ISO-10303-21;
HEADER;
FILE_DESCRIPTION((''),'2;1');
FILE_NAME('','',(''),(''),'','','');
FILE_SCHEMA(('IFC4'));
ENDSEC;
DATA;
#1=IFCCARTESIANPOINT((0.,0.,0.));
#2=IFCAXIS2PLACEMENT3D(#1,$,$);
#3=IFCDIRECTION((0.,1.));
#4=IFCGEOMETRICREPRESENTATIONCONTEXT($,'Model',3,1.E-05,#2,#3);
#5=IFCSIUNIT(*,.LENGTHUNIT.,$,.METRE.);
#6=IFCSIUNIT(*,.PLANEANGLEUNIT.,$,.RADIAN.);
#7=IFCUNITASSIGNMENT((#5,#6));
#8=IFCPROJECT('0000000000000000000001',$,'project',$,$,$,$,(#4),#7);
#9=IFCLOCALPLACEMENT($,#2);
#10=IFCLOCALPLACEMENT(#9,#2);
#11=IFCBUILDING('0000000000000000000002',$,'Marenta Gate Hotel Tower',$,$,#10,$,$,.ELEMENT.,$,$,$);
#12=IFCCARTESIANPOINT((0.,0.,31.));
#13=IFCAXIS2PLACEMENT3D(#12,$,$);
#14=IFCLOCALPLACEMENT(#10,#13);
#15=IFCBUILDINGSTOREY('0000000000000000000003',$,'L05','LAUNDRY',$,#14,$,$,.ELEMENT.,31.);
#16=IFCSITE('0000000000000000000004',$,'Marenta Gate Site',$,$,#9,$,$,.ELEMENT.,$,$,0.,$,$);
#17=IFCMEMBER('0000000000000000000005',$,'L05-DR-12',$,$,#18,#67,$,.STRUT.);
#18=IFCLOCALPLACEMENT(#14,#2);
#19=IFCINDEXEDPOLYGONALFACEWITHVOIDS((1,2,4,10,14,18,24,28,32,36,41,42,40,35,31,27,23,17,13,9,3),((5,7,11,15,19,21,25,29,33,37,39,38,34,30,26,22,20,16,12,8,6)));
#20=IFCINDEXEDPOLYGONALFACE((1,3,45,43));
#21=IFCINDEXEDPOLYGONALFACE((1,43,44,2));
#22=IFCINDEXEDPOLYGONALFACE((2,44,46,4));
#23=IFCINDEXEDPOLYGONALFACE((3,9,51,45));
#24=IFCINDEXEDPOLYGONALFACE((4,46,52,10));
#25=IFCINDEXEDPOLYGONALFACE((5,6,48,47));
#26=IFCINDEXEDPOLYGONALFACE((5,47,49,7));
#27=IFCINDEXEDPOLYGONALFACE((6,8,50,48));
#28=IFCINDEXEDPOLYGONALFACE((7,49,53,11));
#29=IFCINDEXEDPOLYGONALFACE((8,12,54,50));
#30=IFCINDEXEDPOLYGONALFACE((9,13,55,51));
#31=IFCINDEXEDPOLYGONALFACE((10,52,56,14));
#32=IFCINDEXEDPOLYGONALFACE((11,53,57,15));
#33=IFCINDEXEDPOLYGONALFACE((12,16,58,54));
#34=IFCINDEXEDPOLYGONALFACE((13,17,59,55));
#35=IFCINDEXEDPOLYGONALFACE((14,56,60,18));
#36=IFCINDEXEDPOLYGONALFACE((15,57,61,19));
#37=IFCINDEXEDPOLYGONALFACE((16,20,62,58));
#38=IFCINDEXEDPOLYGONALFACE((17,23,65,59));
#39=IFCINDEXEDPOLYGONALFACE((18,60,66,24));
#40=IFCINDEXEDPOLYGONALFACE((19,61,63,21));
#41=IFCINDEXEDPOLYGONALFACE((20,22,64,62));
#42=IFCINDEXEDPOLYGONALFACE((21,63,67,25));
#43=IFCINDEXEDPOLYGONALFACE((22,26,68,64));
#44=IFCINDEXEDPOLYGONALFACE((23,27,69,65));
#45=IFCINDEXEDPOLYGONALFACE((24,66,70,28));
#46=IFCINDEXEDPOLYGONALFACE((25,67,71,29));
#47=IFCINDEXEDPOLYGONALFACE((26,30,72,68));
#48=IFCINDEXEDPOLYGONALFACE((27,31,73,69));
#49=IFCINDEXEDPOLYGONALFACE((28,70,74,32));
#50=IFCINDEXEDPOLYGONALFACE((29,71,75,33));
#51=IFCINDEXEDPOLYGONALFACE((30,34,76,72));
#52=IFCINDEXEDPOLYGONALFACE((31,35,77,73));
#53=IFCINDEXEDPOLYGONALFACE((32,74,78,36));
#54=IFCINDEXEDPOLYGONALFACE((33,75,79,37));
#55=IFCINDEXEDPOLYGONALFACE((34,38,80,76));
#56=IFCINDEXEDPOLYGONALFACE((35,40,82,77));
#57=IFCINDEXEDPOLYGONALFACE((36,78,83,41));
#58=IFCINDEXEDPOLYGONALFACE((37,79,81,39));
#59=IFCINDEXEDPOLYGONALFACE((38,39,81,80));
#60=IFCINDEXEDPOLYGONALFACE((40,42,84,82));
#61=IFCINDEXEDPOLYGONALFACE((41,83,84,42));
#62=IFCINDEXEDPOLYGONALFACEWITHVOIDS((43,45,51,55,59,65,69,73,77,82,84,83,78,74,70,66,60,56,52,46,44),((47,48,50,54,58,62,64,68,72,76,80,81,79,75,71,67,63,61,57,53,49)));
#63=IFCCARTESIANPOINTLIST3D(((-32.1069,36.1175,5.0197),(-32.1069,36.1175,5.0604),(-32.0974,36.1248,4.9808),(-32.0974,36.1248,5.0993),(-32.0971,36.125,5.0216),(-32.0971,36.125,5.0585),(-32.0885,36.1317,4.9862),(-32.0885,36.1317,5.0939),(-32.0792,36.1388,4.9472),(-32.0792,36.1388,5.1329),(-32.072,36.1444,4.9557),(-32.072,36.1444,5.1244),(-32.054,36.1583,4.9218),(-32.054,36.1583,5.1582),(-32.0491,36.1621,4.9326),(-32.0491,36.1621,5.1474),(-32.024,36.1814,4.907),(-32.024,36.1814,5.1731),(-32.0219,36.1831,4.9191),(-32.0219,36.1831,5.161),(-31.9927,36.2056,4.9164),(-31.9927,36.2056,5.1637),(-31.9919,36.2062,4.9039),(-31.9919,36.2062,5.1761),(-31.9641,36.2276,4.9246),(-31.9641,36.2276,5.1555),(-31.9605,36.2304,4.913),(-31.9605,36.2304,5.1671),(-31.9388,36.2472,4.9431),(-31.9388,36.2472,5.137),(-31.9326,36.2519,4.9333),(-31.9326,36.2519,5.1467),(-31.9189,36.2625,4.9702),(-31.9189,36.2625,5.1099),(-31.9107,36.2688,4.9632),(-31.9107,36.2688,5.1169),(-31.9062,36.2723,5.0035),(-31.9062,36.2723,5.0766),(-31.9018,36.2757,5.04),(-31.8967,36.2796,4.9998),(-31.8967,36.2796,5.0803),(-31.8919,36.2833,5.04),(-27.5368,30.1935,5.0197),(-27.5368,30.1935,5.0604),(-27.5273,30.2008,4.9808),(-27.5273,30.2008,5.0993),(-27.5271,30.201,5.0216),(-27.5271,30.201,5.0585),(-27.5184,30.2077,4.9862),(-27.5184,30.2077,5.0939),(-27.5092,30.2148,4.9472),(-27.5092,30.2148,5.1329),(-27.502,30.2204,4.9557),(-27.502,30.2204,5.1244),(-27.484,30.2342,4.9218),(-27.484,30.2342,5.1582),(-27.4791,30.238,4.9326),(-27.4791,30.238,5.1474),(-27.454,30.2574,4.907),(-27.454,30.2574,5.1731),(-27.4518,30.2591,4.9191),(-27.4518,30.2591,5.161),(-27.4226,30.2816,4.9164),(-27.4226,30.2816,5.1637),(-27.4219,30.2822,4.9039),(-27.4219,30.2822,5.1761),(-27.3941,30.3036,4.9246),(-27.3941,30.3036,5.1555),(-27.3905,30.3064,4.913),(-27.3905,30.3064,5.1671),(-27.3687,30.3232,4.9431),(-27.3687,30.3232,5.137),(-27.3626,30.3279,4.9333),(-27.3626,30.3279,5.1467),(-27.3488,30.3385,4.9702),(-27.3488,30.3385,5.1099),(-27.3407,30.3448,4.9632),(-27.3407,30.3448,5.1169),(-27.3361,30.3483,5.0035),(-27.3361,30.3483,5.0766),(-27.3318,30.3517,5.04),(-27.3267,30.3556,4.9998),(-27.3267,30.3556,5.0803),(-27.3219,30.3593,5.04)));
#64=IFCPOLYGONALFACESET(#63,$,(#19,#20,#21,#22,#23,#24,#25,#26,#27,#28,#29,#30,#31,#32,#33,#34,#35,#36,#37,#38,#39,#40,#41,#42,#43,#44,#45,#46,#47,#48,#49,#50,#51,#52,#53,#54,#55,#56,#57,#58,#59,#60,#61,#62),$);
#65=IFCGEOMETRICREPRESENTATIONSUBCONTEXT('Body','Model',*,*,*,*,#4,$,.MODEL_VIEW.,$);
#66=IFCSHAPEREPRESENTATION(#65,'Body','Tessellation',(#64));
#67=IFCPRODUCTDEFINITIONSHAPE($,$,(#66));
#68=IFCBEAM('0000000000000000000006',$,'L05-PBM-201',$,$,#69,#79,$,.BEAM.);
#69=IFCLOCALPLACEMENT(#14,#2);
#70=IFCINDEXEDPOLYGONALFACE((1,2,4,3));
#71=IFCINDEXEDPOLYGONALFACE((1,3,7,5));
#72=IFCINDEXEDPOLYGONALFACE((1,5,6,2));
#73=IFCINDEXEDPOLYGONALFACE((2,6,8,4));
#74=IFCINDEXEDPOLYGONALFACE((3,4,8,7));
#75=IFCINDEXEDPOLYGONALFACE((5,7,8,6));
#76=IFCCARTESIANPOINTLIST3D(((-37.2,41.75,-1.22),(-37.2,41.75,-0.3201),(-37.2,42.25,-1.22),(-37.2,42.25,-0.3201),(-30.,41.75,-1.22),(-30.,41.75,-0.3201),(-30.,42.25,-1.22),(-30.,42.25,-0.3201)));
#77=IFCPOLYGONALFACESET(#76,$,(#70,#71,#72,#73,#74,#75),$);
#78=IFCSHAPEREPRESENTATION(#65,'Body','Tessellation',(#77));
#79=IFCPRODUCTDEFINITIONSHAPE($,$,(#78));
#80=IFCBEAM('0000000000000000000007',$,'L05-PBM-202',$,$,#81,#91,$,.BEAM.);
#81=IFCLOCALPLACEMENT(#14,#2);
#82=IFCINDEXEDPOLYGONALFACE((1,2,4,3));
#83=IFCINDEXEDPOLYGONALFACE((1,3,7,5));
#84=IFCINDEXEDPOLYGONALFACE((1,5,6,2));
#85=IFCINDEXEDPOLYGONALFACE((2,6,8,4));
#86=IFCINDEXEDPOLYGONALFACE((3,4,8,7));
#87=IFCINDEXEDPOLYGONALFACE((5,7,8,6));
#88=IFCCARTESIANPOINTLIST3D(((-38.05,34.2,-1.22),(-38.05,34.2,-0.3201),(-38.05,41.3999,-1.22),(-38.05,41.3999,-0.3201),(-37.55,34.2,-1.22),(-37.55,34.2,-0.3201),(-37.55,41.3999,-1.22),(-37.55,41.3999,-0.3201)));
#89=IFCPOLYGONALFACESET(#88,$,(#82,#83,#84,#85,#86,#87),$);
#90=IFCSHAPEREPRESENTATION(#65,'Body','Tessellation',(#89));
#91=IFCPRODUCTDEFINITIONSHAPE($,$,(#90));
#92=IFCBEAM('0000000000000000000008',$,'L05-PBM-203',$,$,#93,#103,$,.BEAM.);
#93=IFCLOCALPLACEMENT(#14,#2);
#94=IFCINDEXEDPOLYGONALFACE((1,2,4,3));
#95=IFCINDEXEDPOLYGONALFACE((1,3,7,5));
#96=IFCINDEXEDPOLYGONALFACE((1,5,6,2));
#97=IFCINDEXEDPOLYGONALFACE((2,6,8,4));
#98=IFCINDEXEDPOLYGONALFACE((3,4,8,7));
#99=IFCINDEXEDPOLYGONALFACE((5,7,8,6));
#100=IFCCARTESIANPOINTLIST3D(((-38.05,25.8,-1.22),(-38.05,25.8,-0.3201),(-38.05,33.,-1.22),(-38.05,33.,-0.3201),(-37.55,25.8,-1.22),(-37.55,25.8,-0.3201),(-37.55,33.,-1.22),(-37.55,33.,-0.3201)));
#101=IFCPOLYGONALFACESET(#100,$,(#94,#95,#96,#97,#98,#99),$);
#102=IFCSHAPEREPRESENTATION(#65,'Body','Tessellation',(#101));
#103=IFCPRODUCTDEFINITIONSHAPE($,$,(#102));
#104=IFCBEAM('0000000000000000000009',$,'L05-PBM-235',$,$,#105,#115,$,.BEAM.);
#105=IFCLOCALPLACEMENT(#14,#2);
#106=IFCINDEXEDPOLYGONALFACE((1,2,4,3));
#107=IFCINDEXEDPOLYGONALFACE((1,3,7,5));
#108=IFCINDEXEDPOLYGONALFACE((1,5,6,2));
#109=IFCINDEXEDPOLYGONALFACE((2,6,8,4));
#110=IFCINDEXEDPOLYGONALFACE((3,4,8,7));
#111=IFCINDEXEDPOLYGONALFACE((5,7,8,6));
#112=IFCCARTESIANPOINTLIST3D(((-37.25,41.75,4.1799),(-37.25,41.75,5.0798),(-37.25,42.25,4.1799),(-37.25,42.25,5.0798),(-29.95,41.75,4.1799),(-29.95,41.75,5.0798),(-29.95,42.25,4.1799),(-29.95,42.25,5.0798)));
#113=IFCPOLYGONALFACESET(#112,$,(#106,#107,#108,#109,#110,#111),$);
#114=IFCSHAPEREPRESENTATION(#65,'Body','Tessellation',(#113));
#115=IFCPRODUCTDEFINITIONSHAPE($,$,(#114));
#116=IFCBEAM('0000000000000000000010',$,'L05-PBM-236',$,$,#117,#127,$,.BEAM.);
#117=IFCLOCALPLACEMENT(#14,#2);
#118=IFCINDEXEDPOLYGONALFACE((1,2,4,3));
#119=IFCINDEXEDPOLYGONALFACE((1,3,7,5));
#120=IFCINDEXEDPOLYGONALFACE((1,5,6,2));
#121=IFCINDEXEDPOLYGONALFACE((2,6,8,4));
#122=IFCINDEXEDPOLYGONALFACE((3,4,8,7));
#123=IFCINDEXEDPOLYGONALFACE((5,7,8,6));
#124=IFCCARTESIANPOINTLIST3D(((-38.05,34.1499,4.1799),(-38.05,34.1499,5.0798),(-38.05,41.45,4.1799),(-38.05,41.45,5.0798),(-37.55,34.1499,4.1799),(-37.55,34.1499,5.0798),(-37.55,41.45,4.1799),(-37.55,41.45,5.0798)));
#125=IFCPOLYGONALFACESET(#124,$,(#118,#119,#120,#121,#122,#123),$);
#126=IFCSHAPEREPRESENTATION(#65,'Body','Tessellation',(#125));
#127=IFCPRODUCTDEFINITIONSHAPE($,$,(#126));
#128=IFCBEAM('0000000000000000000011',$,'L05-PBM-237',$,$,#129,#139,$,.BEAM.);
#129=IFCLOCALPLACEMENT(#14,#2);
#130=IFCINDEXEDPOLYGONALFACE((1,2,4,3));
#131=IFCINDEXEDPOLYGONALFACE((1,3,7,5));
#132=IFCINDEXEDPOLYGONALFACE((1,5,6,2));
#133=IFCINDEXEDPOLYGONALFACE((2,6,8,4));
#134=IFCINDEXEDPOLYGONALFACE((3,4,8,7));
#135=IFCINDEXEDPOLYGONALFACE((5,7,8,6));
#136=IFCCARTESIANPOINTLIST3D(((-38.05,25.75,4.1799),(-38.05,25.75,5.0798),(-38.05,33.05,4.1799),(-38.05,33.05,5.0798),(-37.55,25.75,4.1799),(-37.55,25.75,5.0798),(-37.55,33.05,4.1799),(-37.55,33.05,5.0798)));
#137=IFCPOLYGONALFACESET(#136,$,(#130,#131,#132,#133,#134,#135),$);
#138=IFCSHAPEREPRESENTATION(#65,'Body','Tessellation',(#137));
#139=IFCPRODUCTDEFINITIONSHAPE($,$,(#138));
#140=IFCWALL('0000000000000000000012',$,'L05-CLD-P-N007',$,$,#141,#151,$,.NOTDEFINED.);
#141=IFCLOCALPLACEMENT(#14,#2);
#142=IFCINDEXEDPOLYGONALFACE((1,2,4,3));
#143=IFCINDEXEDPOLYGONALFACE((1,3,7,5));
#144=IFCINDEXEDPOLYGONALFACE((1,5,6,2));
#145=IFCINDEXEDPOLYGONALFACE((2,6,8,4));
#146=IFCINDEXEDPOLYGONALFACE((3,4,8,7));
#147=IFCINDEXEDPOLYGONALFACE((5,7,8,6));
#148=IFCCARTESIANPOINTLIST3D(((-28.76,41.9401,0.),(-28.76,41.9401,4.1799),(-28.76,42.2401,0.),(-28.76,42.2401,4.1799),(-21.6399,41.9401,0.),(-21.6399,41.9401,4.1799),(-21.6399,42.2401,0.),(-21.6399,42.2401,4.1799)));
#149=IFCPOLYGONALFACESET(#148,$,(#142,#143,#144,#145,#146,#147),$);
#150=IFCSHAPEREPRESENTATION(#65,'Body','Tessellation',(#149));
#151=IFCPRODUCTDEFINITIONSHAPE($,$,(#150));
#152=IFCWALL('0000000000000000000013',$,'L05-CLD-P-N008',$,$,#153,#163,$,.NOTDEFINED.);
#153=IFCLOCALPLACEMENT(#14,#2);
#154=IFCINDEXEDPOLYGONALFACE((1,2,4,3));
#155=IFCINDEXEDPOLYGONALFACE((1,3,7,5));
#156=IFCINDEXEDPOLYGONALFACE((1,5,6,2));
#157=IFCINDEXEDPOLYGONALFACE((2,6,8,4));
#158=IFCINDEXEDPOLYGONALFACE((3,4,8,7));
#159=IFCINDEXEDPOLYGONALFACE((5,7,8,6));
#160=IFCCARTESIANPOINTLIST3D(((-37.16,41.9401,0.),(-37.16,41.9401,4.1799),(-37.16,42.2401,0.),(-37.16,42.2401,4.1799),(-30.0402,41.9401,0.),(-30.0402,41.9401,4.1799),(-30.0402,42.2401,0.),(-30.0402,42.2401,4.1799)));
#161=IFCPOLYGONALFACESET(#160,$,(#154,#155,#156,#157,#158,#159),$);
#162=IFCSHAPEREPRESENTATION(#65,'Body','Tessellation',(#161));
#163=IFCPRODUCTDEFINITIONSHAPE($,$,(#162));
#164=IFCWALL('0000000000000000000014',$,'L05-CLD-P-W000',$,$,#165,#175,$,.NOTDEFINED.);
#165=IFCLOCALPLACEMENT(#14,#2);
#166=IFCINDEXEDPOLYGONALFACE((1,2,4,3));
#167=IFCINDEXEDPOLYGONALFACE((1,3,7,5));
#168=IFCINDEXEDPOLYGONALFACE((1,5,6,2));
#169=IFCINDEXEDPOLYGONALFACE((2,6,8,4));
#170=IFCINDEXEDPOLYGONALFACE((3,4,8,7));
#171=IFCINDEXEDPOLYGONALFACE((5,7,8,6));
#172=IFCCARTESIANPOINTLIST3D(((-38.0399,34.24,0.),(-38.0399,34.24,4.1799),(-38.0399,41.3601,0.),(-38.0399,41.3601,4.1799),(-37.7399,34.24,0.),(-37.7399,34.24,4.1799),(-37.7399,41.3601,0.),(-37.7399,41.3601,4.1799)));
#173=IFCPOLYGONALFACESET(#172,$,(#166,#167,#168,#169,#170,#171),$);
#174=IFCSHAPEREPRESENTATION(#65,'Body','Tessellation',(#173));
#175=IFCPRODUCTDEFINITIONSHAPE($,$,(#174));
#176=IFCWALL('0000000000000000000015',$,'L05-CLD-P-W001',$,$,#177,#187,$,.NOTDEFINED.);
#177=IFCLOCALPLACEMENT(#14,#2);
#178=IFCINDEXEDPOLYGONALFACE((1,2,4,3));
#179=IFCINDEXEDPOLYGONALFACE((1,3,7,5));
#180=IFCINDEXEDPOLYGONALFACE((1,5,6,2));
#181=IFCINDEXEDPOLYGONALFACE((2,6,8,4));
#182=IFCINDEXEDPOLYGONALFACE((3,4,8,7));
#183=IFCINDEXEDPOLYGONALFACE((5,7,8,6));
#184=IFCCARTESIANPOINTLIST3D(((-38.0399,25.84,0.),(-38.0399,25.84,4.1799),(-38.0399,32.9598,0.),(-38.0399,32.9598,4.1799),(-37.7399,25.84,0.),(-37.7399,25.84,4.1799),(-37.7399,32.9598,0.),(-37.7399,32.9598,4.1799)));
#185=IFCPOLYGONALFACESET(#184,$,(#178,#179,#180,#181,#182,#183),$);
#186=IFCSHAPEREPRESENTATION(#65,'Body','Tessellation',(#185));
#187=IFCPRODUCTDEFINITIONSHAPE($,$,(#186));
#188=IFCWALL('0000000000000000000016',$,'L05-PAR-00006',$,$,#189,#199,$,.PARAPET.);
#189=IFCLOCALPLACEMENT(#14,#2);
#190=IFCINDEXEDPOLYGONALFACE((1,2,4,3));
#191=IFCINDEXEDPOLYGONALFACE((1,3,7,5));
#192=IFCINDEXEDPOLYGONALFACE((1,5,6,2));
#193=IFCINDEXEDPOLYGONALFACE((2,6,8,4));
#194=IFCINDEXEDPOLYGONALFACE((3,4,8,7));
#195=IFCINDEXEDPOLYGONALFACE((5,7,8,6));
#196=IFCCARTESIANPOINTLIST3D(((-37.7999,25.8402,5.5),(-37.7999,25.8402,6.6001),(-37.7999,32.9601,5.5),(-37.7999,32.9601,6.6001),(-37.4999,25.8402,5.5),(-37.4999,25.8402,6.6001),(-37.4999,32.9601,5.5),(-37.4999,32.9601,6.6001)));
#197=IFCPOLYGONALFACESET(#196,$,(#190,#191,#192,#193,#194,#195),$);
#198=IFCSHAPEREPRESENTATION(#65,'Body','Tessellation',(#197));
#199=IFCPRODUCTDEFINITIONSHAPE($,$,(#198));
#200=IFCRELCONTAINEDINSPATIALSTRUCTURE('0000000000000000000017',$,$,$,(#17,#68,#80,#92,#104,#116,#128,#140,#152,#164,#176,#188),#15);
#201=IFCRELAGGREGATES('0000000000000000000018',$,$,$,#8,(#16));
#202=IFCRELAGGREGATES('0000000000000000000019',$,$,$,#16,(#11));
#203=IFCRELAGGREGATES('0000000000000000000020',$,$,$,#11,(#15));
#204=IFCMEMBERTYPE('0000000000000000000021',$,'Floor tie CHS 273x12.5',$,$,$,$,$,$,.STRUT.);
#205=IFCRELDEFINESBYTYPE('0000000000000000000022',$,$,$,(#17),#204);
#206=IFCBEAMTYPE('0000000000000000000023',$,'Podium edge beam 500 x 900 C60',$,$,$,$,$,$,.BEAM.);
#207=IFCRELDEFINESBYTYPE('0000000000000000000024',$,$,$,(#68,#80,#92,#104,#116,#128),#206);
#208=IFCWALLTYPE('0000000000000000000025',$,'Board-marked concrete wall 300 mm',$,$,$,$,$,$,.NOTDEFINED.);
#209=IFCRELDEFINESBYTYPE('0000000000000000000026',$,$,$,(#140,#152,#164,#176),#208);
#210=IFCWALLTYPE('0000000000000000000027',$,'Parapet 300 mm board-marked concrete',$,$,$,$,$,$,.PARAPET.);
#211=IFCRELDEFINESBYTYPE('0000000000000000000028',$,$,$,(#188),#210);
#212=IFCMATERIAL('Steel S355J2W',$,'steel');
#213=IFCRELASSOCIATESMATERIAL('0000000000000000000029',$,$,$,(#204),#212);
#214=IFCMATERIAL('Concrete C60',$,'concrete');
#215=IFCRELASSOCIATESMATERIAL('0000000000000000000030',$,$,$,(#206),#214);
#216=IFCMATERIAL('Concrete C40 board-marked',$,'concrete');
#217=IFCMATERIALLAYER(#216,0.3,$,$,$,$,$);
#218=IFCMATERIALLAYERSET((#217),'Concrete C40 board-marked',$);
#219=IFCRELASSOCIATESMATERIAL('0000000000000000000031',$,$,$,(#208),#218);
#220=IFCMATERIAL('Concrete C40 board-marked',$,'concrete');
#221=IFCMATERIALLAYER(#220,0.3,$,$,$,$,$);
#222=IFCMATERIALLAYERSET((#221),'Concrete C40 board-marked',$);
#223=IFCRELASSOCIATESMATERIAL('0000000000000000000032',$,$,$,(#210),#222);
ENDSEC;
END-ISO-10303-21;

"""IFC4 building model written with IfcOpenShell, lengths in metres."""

from ifc_helpers import new_model, si_unit, direction, frame, frame_2d, origin, origin_2d, place, context, subcontext, project, spatial, rectangle, hollow_circle, extrude, material, layer, layer_set, material_profile, profile_set, type_object, element, save


model = new_model("IFC4")

# Units and contexts
model_context = context("Model", 3, precision=1e-05, world=origin(), true_north=direction((0.0, 1.0)))
body_context = subcontext(model_context, "Body", "Model", "MODEL_VIEW")
ifc_project = project(units=[si_unit("LENGTHUNIT", "METRE"), si_unit("PLANEANGLEUNIT", "RADIAN")], contexts=[model_context])

# Site, building, storey
site_placement = place(None, origin())
site = spatial("IfcSite", under=ifc_project, at=site_placement, Name="Marenta Gate Site", CompositionType="ELEMENT", RefElevation=0.0)
building_placement = place(site_placement, origin())
building = spatial("IfcBuilding", under=site, at=building_placement, Name="Marenta Gate Hotel Tower", CompositionType="ELEMENT")
storey_placement = place(building_placement, frame((0.0, 0.0, 31.0)))
storey = spatial("IfcBuildingStorey", under=building, at=storey_placement, Name="L05", Description="LAUNDRY", CompositionType="ELEMENT", Elevation=31.0)

# Member
ifc_material_1 = material(Name="Steel S355J2W", Category="steel")
ifc_material_profile_1 = material_profile(ifc_material_1, hollow_circle(Radius=0.1365, WallThickness=0.0125, at=origin_2d()), Name="CHS 273x12.5")
ifc_profile_set_1 = profile_set([ifc_material_profile_1], Name="Steel S355J2W")
member_type_1 = type_object("IfcMemberType", Name="Floor tie CHS 273x12.5", PredefinedType="STRUT", material=ifc_profile_set_1)
member_1_placement = place(storey_placement, frame((-32.0, 36.2, 5.04), z_axis=(0.610809, -0.791778, 0.0), x_axis=(0.791778, 0.610809, 0.0)))
element("IfcMember", 1, at=member_1_placement, inside=storey, type_object=member_type_1, Name="L05-DR-12", PredefinedType="STRUT", context=body_context, shape_type="SweptSolid", body=[
    extrude(hollow_circle(Radius=0.1365, WallThickness=0.0125, at=origin_2d()), origin(), (0.0, 0.0, 1.0), 7.4819),
])

# Beams
ifc_material_2 = material(Name="Concrete C60", Category="concrete")
ifc_material_profile_2 = material_profile(ifc_material_2, rectangle(XDim=0.5, YDim=0.8999, at=origin_2d()), Name="500 x 900")
ifc_profile_set_2 = profile_set([ifc_material_profile_2], Name="Concrete C60")
beam_type_1 = type_object("IfcBeamType", Name="Podium edge beam 500 x 900 C60", PredefinedType="BEAM", material=ifc_profile_set_2)
for number, where, z_axis, x_axis, name in (
    (2, (-30.0, 42.0, -0.77), (-1.0, 0.0, 0.0), (0.0, -1.0, 0.0), "L05-PBM-201"),
    (3, (-37.8, 41.3999, -0.77), (0.0, -1.0, 0.0), (1.0, 0.0, 0.0), "L05-PBM-202"),
    (4, (-37.8, 33.0, -0.77), (0.0, -1.0, 0.0), (1.0, 0.0, 0.0), "L05-PBM-203"),
):
    element("IfcBeam", number, at=place(storey_placement, frame(where, z_axis=z_axis, x_axis=x_axis)), inside=storey, type_object=beam_type_1, Name=name, PredefinedType="BEAM", context=body_context, shape_type="SweptSolid", body=[
        extrude(rectangle(XDim=0.5, YDim=0.8999, at=origin_2d()), origin(), (0.0, 0.0, 1.0), 7.2),
    ])
for number, where, z_axis, x_axis, name in (
    (5, (-29.95, 42.0, 4.6299), (-1.0, 0.0, 0.0), (0.0, -1.0, 0.0), "L05-PBM-235"),
    (6, (-37.8, 41.45, 4.6299), (0.0, -1.0, 0.0), (1.0, 0.0, 0.0), "L05-PBM-236"),
    (7, (-37.8, 33.05, 4.6299), (0.0, -1.0, 0.0), (1.0, 0.0, 0.0), "L05-PBM-237"),
):
    element("IfcBeam", number, at=place(storey_placement, frame(where, z_axis=z_axis, x_axis=x_axis)), inside=storey, type_object=beam_type_1, Name=name, PredefinedType="BEAM", context=body_context, shape_type="SweptSolid", body=[
        extrude(rectangle(XDim=0.5, YDim=0.8999, at=origin_2d()), origin(), (0.0, 0.0, 1.0), 7.3),
    ])

# Walls
ifc_material_3 = material(Name="Concrete C40 board-marked", Category="concrete")
ifc_layer_1 = layer(ifc_material_3, 0.3)
ifc_layer_set_1 = layer_set([ifc_layer_1], Name="Concrete C40 board-marked")
wall_type_1 = type_object("IfcWallType", Name="Board-marked concrete wall 300 mm", PredefinedType="NOTDEFINED", material=ifc_layer_set_1)
wall_1_placement = place(storey_placement, frame((-21.6399, 42.0901, 0.0), z_axis=(0.0, 0.0, 1.0), x_axis=(-1.0, 0.0, 0.0)))
element("IfcWall", 8, at=wall_1_placement, inside=storey, type_object=wall_type_1, Name="L05-CLD-P-N007", PredefinedType="NOTDEFINED", context=body_context, shape_type="SweptSolid", body=[
    extrude(rectangle(XDim=7.1201, YDim=0.3, at=frame_2d((3.5601, 0.0))), origin(), (0.0, 0.0, 1.0), 4.1799),
])
wall_2_placement = place(storey_placement, frame((-30.04, 42.0901, 0.0), z_axis=(0.0, 0.0, 1.0), x_axis=(-1.0, 0.0, 0.0)))
element("IfcWall", 9, at=wall_2_placement, inside=storey, type_object=wall_type_1, Name="L05-CLD-P-N008", PredefinedType="NOTDEFINED", context=body_context, shape_type="SweptSolid", body=[
    extrude(rectangle(XDim=7.1199, YDim=0.3, at=frame_2d((3.5601, 0.0))), origin(), (0.0, 0.0, 1.0), 4.1799),
])
wall_3_placement = place(storey_placement, frame((-37.8899, 41.3601, 0.0), z_axis=(0.0, 0.0, 1.0), x_axis=(0.0, -1.0, 0.0)))
element("IfcWall", 10, at=wall_3_placement, inside=storey, type_object=wall_type_1, Name="L05-CLD-P-W000", PredefinedType="NOTDEFINED", context=body_context, shape_type="SweptSolid", body=[
    extrude(rectangle(XDim=7.1201, YDim=0.3, at=frame_2d((3.5601, 0.0))), origin(), (0.0, 0.0, 1.0), 4.1799),
])
wall_4_placement = place(storey_placement, frame((-37.8899, 32.96, 0.0), z_axis=(0.0, 0.0, 1.0), x_axis=(0.0, -1.0, 0.0)))
element("IfcWall", 11, at=wall_4_placement, inside=storey, type_object=wall_type_1, Name="L05-CLD-P-W001", PredefinedType="NOTDEFINED", context=body_context, shape_type="SweptSolid", body=[
    extrude(rectangle(XDim=7.1199, YDim=0.3, at=frame_2d((3.5601, 0.0))), origin(), (0.0, 0.0, 1.0), 4.1799),
])
ifc_material_4 = material(Name="Concrete C40 board-marked", Category="concrete")
ifc_layer_2 = layer(ifc_material_4, 0.3)
ifc_layer_set_2 = layer_set([ifc_layer_2], Name="Concrete C40 board-marked")
wall_type_2 = type_object("IfcWallType", Name="Parapet 300 mm board-marked concrete", PredefinedType="PARAPET", material=ifc_layer_set_2)
wall_5_placement = place(storey_placement, frame((-37.6499, 25.8401, 5.5), z_axis=(0.0, 0.0, 1.0), x_axis=(0.0, 1.0, 0.0)))
element("IfcWall", 12, at=wall_5_placement, inside=storey, type_object=wall_type_2, Name="L05-PAR-00006", PredefinedType="PARAPET", context=body_context, shape_type="SweptSolid", body=[
    extrude(rectangle(XDim=7.1199, YDim=0.3, at=frame_2d((3.5601, 0.0))), origin(), (0.0, 0.0, 1.0), 1.1001),
])

save(model, "model.ifc")
